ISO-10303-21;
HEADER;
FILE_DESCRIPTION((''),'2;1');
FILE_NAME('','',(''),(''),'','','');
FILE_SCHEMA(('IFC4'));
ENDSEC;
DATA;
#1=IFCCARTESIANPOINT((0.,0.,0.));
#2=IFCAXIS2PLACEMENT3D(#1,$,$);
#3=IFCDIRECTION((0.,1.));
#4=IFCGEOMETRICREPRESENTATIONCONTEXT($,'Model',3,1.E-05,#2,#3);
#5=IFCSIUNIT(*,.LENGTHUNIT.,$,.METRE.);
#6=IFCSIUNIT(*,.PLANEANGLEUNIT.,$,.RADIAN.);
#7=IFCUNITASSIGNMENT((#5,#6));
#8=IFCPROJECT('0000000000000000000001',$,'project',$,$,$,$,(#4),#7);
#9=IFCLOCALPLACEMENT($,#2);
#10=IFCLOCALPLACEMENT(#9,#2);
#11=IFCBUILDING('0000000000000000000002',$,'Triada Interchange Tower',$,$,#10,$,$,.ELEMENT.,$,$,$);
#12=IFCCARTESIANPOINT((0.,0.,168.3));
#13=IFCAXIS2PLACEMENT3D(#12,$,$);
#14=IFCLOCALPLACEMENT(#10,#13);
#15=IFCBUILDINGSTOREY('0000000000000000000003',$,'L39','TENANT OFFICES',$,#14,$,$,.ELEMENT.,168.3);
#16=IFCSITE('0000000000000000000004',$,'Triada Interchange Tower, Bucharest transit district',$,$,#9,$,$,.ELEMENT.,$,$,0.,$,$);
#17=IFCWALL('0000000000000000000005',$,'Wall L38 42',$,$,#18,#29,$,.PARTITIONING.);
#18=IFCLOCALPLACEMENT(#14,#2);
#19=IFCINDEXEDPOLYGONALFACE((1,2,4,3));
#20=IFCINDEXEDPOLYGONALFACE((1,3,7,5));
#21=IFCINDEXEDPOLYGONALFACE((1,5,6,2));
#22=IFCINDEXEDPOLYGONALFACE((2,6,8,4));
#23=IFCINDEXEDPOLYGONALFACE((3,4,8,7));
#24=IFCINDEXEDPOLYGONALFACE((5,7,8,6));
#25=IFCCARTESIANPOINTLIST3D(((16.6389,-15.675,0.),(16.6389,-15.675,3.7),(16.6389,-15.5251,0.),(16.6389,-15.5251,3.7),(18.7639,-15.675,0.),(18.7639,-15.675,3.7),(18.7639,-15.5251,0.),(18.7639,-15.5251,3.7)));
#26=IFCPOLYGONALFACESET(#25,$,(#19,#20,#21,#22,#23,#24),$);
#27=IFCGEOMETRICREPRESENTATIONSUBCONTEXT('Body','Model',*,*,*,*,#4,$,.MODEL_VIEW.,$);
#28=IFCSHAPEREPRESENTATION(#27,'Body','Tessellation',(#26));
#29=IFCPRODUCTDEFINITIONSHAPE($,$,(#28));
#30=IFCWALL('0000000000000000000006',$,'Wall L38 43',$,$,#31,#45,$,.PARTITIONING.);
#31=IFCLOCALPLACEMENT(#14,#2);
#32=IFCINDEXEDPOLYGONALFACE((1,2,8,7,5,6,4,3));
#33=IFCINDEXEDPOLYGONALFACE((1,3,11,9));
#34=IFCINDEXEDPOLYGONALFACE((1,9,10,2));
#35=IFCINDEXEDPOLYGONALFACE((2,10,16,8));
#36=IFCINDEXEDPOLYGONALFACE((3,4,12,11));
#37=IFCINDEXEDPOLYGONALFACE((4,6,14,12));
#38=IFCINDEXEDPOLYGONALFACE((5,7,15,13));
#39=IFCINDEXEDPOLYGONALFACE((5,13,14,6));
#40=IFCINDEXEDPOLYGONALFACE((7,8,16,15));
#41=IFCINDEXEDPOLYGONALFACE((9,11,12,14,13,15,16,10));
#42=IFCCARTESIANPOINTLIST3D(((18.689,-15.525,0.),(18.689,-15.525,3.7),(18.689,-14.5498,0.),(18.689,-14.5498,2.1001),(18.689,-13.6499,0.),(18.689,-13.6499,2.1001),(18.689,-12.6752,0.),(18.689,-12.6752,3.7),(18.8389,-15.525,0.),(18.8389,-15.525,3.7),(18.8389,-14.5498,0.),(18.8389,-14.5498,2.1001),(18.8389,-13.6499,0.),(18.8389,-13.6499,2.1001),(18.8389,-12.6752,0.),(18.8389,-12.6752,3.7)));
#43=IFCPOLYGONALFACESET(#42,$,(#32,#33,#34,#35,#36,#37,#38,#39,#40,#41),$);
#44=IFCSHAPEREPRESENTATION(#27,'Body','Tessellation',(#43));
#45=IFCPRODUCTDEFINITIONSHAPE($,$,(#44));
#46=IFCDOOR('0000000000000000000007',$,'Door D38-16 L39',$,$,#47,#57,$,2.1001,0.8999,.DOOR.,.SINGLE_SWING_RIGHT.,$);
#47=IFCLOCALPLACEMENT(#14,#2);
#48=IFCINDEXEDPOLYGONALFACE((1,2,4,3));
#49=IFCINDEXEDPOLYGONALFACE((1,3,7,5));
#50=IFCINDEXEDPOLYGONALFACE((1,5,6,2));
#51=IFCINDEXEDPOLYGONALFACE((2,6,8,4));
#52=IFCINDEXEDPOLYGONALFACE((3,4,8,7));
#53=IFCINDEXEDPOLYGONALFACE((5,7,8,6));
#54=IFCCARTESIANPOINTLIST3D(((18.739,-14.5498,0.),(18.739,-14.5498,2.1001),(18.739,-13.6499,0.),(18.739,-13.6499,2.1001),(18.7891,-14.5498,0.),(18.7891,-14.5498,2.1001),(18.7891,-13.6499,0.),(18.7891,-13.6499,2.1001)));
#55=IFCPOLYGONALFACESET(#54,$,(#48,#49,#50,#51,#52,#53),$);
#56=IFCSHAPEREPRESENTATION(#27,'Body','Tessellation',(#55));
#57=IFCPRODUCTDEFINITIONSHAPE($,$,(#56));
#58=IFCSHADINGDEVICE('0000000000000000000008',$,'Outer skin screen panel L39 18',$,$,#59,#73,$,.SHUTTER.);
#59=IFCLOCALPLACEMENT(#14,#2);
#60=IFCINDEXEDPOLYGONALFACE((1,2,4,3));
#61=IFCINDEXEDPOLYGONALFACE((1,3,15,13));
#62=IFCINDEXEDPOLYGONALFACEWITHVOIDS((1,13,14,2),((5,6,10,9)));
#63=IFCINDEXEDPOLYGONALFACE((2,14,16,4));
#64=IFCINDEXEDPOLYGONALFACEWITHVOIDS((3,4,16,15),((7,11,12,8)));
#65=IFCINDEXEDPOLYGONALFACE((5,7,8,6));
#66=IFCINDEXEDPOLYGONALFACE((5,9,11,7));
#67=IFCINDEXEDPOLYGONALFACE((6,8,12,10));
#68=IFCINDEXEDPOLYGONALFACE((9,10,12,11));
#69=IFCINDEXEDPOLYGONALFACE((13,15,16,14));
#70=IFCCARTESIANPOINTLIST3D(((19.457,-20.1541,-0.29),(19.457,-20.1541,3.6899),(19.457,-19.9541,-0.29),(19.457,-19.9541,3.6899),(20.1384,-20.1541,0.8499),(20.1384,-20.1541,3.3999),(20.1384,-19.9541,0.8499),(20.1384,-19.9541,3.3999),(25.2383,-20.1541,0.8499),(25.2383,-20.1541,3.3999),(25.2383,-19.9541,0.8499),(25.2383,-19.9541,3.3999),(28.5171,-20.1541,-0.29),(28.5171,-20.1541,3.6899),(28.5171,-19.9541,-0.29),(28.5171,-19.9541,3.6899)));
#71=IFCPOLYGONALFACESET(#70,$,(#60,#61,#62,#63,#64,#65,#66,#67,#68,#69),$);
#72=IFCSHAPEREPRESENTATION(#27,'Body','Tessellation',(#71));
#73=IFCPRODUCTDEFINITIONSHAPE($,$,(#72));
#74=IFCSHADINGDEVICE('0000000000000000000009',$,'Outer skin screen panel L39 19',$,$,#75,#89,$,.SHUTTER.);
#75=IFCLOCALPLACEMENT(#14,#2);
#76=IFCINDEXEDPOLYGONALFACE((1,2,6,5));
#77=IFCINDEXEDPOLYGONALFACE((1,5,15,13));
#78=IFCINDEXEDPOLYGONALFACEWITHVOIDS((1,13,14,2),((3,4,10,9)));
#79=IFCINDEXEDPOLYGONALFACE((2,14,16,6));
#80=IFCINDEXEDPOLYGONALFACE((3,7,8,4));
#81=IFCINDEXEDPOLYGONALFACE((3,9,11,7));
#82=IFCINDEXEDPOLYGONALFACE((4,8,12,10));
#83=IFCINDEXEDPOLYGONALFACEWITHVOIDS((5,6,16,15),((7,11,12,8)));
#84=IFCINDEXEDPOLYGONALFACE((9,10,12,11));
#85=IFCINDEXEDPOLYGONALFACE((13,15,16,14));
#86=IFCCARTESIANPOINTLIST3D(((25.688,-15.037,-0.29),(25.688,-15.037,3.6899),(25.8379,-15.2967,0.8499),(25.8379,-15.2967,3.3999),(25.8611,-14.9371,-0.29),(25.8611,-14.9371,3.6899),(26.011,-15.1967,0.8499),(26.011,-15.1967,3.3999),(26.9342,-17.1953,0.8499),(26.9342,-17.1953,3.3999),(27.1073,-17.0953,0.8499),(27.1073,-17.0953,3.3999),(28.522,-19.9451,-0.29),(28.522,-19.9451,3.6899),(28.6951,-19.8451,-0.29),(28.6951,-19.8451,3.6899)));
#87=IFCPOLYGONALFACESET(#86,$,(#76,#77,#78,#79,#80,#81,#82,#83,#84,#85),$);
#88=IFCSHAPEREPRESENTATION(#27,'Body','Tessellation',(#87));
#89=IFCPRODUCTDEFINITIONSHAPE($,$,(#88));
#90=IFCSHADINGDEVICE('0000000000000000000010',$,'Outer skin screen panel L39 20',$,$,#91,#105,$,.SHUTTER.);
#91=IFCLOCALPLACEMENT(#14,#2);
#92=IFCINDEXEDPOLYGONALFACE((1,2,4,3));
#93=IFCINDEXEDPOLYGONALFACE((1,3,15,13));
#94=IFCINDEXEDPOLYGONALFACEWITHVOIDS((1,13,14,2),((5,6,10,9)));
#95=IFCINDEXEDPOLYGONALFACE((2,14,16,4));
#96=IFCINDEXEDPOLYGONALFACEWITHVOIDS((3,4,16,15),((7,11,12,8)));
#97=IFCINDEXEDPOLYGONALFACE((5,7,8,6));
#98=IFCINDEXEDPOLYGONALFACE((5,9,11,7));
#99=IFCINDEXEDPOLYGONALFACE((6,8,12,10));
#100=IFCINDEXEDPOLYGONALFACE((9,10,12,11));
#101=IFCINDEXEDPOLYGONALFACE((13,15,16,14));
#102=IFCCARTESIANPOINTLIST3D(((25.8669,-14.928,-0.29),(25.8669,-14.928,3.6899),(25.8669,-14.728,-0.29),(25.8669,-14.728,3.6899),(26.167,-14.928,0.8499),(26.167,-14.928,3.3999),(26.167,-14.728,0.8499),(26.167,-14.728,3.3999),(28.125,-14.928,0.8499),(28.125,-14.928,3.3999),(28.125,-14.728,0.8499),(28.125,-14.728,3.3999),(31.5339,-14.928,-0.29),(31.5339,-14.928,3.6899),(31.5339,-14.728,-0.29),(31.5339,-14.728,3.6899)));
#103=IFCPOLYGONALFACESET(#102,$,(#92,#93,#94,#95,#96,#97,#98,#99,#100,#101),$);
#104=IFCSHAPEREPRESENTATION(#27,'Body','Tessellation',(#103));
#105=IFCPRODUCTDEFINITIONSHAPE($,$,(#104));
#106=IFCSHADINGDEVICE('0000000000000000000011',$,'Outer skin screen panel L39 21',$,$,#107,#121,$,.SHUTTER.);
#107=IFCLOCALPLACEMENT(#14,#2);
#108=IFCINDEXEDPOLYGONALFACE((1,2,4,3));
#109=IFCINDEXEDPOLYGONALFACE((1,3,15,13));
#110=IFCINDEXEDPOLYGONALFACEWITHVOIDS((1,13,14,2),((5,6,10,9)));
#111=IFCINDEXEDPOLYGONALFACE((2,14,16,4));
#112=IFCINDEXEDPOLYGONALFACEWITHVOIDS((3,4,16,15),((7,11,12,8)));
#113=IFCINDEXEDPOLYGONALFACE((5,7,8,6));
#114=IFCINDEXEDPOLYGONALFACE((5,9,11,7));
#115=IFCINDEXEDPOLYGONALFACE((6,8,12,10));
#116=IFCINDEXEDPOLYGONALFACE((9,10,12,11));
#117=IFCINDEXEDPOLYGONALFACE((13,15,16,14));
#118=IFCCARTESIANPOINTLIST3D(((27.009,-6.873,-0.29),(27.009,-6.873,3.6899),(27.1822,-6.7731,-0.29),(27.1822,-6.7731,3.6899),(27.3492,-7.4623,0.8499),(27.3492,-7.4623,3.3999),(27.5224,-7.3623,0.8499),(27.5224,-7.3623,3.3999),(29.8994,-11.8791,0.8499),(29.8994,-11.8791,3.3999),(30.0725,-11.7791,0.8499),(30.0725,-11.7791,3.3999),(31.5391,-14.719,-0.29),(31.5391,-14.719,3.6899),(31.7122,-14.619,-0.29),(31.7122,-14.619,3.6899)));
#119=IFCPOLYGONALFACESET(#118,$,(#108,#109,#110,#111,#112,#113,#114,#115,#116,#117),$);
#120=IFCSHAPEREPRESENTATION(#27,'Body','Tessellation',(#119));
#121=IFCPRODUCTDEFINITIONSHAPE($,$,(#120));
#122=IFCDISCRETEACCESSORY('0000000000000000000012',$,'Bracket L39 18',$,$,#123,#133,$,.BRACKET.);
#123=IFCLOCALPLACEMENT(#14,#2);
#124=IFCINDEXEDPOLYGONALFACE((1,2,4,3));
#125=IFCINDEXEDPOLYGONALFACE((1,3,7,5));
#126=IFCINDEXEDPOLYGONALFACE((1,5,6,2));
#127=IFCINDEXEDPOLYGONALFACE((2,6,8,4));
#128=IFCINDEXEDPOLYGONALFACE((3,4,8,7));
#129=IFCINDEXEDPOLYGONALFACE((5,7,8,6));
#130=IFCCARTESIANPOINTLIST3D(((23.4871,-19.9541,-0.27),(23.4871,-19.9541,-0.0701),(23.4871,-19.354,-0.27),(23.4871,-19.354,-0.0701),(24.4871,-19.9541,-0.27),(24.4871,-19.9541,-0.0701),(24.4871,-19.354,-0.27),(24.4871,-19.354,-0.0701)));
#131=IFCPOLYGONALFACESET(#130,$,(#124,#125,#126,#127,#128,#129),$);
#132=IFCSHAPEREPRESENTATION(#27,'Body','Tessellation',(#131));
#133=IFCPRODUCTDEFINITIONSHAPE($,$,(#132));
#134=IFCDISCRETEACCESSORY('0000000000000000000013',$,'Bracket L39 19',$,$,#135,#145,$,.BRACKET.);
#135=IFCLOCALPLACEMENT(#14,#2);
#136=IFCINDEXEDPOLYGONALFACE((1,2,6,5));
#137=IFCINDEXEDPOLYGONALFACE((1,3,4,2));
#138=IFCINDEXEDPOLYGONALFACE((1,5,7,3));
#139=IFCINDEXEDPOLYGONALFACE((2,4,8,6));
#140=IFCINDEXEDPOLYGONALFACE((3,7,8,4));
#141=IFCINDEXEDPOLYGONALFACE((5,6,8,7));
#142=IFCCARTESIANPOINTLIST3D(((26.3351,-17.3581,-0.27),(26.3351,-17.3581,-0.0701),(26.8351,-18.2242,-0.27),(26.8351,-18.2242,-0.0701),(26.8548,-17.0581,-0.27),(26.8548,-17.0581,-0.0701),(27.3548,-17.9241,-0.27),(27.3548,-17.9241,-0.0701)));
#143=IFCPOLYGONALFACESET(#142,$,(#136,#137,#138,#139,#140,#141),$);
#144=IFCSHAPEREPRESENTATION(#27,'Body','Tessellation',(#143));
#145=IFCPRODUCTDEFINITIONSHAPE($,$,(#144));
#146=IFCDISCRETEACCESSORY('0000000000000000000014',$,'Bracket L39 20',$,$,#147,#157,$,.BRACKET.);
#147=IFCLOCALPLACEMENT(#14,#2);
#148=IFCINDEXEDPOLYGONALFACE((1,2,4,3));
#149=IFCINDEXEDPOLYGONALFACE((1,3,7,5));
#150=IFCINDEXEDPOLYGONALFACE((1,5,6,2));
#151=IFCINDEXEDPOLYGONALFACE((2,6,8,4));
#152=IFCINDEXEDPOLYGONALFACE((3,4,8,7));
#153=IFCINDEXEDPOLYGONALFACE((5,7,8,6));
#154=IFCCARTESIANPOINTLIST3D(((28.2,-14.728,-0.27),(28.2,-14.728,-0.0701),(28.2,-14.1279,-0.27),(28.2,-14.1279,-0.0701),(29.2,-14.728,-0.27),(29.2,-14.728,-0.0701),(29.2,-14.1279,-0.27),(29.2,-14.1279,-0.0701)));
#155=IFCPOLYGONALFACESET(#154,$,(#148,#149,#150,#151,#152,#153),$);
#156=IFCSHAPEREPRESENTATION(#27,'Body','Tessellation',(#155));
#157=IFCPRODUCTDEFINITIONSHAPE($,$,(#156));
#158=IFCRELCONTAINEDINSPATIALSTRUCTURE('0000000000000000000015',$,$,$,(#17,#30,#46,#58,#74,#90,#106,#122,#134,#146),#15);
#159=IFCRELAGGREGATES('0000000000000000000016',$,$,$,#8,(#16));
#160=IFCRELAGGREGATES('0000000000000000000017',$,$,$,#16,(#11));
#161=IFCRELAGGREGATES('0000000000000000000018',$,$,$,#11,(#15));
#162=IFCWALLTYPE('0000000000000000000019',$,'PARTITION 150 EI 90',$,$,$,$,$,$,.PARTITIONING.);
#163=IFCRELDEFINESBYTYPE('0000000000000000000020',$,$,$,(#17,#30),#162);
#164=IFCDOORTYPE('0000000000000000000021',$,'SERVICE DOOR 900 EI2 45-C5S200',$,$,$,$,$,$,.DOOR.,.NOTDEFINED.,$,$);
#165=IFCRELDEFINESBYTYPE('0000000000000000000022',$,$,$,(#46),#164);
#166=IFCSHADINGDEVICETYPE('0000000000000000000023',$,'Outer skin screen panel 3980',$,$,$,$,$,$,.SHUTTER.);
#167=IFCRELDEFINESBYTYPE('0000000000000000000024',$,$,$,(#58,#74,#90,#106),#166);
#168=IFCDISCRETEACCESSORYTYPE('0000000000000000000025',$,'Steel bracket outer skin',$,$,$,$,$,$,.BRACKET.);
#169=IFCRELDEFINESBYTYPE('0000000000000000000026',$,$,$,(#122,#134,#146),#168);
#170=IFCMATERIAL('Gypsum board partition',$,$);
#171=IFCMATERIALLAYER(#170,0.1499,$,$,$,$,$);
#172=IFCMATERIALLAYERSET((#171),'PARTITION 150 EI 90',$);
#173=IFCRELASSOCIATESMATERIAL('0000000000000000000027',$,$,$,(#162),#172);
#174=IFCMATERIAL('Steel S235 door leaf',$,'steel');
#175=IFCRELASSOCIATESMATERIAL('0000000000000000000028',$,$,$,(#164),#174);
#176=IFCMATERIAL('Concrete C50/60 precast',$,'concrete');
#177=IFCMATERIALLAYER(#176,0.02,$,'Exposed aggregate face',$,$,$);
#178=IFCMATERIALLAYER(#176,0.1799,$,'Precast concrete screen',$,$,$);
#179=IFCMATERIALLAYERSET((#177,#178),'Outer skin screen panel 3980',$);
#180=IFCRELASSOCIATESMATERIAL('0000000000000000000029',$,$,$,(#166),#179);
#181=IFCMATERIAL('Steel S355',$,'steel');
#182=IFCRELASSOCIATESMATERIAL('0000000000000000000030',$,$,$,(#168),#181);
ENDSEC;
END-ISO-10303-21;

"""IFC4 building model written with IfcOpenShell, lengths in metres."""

from ifc_helpers import new_model, si_unit, direction, frame, frame_2d, origin, origin_2d, place, context, subcontext, project, spatial, polyline, rectangle, outline, extrude, material, layer, layer_set, type_object, element, fill, save


model = new_model("IFC4")

# Units and contexts
model_context = context("Model", 3, precision=1e-05, world=origin(), true_north=direction((0.0, 1.0)))
body_context = subcontext(model_context, "Body", "Model", "MODEL_VIEW")
ifc_project = project(units=[si_unit("LENGTHUNIT", "METRE"), si_unit("PLANEANGLEUNIT", "RADIAN")], contexts=[model_context])

# Site, building, storey
site_placement = place(None, origin())
site = spatial("IfcSite", under=ifc_project, at=site_placement, Name="Triada Interchange Tower, Bucharest transit district", CompositionType="ELEMENT", RefElevation=0.0)
building_placement = place(site_placement, origin())
building = spatial("IfcBuilding", under=site, at=building_placement, Name="Triada Interchange Tower", CompositionType="ELEMENT")
storey_placement = place(building_placement, frame((0.0, 0.0, 168.3)))
storey = spatial("IfcBuildingStorey", under=building, at=storey_placement, Name="L39", Description="TENANT OFFICES", CompositionType="ELEMENT", Elevation=168.3)

# Wall
ifc_material_1 = material(Name="Gypsum board partition")
ifc_layer_1 = layer(ifc_material_1, 0.1499)
ifc_layer_set_1 = layer_set([ifc_layer_1], Name="PARTITION 150 EI 90")
wall_type_1 = type_object("IfcWallType", Name="PARTITION 150 EI 90", PredefinedType="PARTITIONING", material=ifc_layer_set_1)
wall_1_placement = place(storey_placement, frame((16.6389, -15.6001, 0.0), z_axis=(0.0, 0.0, 1.0), x_axis=(1.0, 0.0, 0.0)))
element("IfcWall", 1, at=wall_1_placement, inside=storey, type_object=wall_type_1, Name="Wall L38 42", PredefinedType="PARTITIONING", context=body_context, shape_type="SweptSolid", body=[
    extrude(rectangle(XDim=2.125, YDim=0.1499, at=frame_2d((1.0625, 0.0))), origin(), (0.0, 0.0, 1.0), 3.7),
])

# Wall, opening, door
wall_2_placement = place(storey_placement, frame((18.7639, -15.5249, 0.0), z_axis=(0.0, 0.0, 1.0), x_axis=(0.0, 1.0, 0.0)))
wall_2 = element("IfcWall", 2, at=wall_2_placement, inside=storey, type_object=wall_type_1, Name="Wall L38 43", PredefinedType="PARTITIONING", context=body_context, shape_type="SweptSolid", body=[
    extrude(rectangle(XDim=2.8499, YDim=0.1499, at=frame_2d((1.4248, 0.0))), origin(), (0.0, 0.0, 1.0), 3.7),
])
opening_1_placement = place(wall_2_placement, frame((0.9751, 0.0, 0.0)))
opening_1 = element("IfcOpeningElement", 3, at=opening_1_placement, cuts=wall_2, PredefinedType="OPENING", context=body_context, shape_type="SweptSolid", body=[
    extrude(rectangle(XDim=0.8999, YDim=2.1001, at=frame_2d((0.45, 1.05))), frame((0.0, 0.085, 0.0), z_axis=(0.0, -1.0, 0.0), x_axis=(1.0, 0.0, 0.0)), (0.0, 0.0, 1.0), 0.1699),
])
ifc_material_2 = material(Name="Steel S235 door leaf", Category="steel")
door_type = type_object("IfcDoorType", Name="SERVICE DOOR 900 EI2 45-C5S200", OperationType="NOTDEFINED", PredefinedType="DOOR", material=ifc_material_2)
door_placement = place(opening_1_placement, origin())
door = element("IfcDoor", 4, at=door_placement, inside=storey, type_object=door_type, Name="Door D38-16 L39", OperationType="SINGLE_SWING_RIGHT", OverallHeight=2.1001, OverallWidth=0.8999, PredefinedType="DOOR", context=body_context, shape_type="SweptSolid", body=[
    extrude(rectangle(XDim=0.8999, YDim=2.1001, at=frame_2d((0.45, 1.05))), frame((0.0, 0.0249, 0.0), z_axis=(0.0, -1.0, 0.0), x_axis=(1.0, 0.0, 0.0)), (0.0, 0.0, 1.0), 0.05),
])
fill(opening_1, door)

# Shading devices
ifc_material_3 = material(Name="Concrete C50/60 precast", Category="concrete")
ifc_layer_2 = layer(ifc_material_3, 0.02, Name="Exposed aggregate face")
ifc_layer_3 = layer(ifc_material_3, 0.1799, Name="Precast concrete screen")
ifc_layer_set_2 = layer_set([ifc_layer_2, ifc_layer_3], Name="Outer skin screen panel 3980")
shading_device_type = type_object("IfcShadingDeviceType", Name="Outer skin screen panel 3980", PredefinedType="SHUTTER", material=ifc_layer_set_2)
shading_device_1_placement = place(storey_placement, frame((19.457, -19.9541, -0.29), z_axis=(0.0, 0.0, 1.0), x_axis=(1.0, 0.0, 0.0)))
element("IfcShadingDevice", 5, at=shading_device_1_placement, inside=storey, type_object=shading_device_type, Name="Outer skin screen panel L39 18", PredefinedType="SHUTTER", context=body_context, shape_type="SweptSolid", body=[
    extrude(outline(polyline([(0.0, 0.0), (9.0601, 0.0), (9.0601, 3.98), (0.0, 3.98), (0.0, 0.0)]), holes=[polyline([(0.6814, 1.1399), (0.6814, 3.6899), (5.7812, 3.6899), (5.7812, 1.1399), (0.6814, 1.1399)])]), frame((0.0, 0.0, 0.0), z_axis=(0.0, -1.0, 0.0), x_axis=(1.0, 0.0, 0.0)), (0.0, 0.0, 1.0), 0.2),
])
shading_device_2_placement = place(storey_placement, frame((28.522, -19.9451, -0.29), z_axis=(0.0, 0.0, 1.0), x_axis=(-0.500049, 0.865997, 0.0)))
element("IfcShadingDevice", 6, at=shading_device_2_placement, inside=storey, type_object=shading_device_type, Name="Outer skin screen panel L39 19", PredefinedType="SHUTTER", context=body_context, shape_type="SweptSolid", body=[
    extrude(outline(polyline([(0.0, 0.0), (5.6675, 0.0), (5.6675, 3.98), (0.0, 3.98), (0.0, 0.0)]), holes=[polyline([(3.1753, 1.1399), (3.1753, 3.6899), (5.3677, 3.6899), (5.3677, 1.1399), (3.1753, 1.1399)])]), frame((0.0, 0.0, 0.0), z_axis=(0.0, -1.0, 0.0), x_axis=(1.0, 0.0, 0.0)), (0.0, 0.0, 1.0), 0.2),
])
shading_device_3_placement = place(storey_placement, frame((25.8669, -14.728, -0.29), z_axis=(0.0, 0.0, 1.0), x_axis=(1.0, 0.0, 0.0)))
element("IfcShadingDevice", 7, at=shading_device_3_placement, inside=storey, type_object=shading_device_type, Name="Outer skin screen panel L39 20", PredefinedType="SHUTTER", context=body_context, shape_type="SweptSolid", body=[
    extrude(outline(polyline([(0.0, 0.0), (5.667, 0.0), (5.667, 3.98), (0.0, 3.98), (0.0, 0.0)]), holes=[polyline([(0.3, 1.1399), (0.3, 3.6899), (2.2581, 3.6899), (2.2581, 1.1399), (0.3, 1.1399)])]), frame((0.0, 0.0, 0.0), z_axis=(0.0, -1.0, 0.0), x_axis=(1.0, 0.0, 0.0)), (0.0, 0.0, 1.0), 0.2),
])
shading_device_4_placement = place(storey_placement, frame((31.5391, -14.719, -0.29), z_axis=(0.0, 0.0, 1.0), x_axis=(-0.500014, 0.866017, 0.0)))
element("IfcShadingDevice", 8, at=shading_device_4_placement, inside=storey, type_object=shading_device_type, Name="Outer skin screen panel L39 21", PredefinedType="SHUTTER", context=body_context, shape_type="SweptSolid", body=[
    extrude(outline(polyline([(0.0, 0.0), (9.0598, 0.0), (9.0598, 3.98), (0.0, 3.98), (0.0, 0.0)]), holes=[polyline([(3.2793, 1.1399), (3.2793, 3.6899), (8.3794, 3.6899), (8.3794, 1.1399), (3.2793, 1.1399)])]), frame((0.0, 0.0, 0.0), z_axis=(0.0, -1.0, 0.0), x_axis=(1.0, 0.0, 0.0)), (0.0, 0.0, 1.0), 0.2),
])

# Discrete accessories
ifc_material_4 = material(Name="Steel S355", Category="steel")
discrete_accessory_type = type_object("IfcDiscreteAccessoryType", Name="Steel bracket outer skin", PredefinedType="BRACKET", material=ifc_material_4)
for number, where, z_axis, x_axis, name in (
    (9, (23.9871, -19.6541, -0.27), (0.0, 0.0, 1.0), (0.0, -1.0, 0.0), "Bracket L39 18"),
    (10, (26.845, -17.6411, -0.27), (0.0, 0.0, 1.0), (0.866042, 0.499971, 0.0), "Bracket L39 19"),
    (11, (28.7, -14.428, -0.27), (0.0, 0.0, 1.0), (0.0, -1.0, 0.0), "Bracket L39 20"),
):
    element("IfcDiscreteAccessory", number, at=place(storey_placement, frame(where, z_axis=z_axis, x_axis=x_axis)), inside=storey, type_object=discrete_accessory_type, Name=name, PredefinedType="BRACKET", context=body_context, shape_type="SweptSolid", body=[
        extrude(rectangle(XDim=0.6001, YDim=1.0, at=origin_2d()), origin(), (0.0, 0.0, 1.0), 0.2),
    ])

save(model, "model.ifc")
